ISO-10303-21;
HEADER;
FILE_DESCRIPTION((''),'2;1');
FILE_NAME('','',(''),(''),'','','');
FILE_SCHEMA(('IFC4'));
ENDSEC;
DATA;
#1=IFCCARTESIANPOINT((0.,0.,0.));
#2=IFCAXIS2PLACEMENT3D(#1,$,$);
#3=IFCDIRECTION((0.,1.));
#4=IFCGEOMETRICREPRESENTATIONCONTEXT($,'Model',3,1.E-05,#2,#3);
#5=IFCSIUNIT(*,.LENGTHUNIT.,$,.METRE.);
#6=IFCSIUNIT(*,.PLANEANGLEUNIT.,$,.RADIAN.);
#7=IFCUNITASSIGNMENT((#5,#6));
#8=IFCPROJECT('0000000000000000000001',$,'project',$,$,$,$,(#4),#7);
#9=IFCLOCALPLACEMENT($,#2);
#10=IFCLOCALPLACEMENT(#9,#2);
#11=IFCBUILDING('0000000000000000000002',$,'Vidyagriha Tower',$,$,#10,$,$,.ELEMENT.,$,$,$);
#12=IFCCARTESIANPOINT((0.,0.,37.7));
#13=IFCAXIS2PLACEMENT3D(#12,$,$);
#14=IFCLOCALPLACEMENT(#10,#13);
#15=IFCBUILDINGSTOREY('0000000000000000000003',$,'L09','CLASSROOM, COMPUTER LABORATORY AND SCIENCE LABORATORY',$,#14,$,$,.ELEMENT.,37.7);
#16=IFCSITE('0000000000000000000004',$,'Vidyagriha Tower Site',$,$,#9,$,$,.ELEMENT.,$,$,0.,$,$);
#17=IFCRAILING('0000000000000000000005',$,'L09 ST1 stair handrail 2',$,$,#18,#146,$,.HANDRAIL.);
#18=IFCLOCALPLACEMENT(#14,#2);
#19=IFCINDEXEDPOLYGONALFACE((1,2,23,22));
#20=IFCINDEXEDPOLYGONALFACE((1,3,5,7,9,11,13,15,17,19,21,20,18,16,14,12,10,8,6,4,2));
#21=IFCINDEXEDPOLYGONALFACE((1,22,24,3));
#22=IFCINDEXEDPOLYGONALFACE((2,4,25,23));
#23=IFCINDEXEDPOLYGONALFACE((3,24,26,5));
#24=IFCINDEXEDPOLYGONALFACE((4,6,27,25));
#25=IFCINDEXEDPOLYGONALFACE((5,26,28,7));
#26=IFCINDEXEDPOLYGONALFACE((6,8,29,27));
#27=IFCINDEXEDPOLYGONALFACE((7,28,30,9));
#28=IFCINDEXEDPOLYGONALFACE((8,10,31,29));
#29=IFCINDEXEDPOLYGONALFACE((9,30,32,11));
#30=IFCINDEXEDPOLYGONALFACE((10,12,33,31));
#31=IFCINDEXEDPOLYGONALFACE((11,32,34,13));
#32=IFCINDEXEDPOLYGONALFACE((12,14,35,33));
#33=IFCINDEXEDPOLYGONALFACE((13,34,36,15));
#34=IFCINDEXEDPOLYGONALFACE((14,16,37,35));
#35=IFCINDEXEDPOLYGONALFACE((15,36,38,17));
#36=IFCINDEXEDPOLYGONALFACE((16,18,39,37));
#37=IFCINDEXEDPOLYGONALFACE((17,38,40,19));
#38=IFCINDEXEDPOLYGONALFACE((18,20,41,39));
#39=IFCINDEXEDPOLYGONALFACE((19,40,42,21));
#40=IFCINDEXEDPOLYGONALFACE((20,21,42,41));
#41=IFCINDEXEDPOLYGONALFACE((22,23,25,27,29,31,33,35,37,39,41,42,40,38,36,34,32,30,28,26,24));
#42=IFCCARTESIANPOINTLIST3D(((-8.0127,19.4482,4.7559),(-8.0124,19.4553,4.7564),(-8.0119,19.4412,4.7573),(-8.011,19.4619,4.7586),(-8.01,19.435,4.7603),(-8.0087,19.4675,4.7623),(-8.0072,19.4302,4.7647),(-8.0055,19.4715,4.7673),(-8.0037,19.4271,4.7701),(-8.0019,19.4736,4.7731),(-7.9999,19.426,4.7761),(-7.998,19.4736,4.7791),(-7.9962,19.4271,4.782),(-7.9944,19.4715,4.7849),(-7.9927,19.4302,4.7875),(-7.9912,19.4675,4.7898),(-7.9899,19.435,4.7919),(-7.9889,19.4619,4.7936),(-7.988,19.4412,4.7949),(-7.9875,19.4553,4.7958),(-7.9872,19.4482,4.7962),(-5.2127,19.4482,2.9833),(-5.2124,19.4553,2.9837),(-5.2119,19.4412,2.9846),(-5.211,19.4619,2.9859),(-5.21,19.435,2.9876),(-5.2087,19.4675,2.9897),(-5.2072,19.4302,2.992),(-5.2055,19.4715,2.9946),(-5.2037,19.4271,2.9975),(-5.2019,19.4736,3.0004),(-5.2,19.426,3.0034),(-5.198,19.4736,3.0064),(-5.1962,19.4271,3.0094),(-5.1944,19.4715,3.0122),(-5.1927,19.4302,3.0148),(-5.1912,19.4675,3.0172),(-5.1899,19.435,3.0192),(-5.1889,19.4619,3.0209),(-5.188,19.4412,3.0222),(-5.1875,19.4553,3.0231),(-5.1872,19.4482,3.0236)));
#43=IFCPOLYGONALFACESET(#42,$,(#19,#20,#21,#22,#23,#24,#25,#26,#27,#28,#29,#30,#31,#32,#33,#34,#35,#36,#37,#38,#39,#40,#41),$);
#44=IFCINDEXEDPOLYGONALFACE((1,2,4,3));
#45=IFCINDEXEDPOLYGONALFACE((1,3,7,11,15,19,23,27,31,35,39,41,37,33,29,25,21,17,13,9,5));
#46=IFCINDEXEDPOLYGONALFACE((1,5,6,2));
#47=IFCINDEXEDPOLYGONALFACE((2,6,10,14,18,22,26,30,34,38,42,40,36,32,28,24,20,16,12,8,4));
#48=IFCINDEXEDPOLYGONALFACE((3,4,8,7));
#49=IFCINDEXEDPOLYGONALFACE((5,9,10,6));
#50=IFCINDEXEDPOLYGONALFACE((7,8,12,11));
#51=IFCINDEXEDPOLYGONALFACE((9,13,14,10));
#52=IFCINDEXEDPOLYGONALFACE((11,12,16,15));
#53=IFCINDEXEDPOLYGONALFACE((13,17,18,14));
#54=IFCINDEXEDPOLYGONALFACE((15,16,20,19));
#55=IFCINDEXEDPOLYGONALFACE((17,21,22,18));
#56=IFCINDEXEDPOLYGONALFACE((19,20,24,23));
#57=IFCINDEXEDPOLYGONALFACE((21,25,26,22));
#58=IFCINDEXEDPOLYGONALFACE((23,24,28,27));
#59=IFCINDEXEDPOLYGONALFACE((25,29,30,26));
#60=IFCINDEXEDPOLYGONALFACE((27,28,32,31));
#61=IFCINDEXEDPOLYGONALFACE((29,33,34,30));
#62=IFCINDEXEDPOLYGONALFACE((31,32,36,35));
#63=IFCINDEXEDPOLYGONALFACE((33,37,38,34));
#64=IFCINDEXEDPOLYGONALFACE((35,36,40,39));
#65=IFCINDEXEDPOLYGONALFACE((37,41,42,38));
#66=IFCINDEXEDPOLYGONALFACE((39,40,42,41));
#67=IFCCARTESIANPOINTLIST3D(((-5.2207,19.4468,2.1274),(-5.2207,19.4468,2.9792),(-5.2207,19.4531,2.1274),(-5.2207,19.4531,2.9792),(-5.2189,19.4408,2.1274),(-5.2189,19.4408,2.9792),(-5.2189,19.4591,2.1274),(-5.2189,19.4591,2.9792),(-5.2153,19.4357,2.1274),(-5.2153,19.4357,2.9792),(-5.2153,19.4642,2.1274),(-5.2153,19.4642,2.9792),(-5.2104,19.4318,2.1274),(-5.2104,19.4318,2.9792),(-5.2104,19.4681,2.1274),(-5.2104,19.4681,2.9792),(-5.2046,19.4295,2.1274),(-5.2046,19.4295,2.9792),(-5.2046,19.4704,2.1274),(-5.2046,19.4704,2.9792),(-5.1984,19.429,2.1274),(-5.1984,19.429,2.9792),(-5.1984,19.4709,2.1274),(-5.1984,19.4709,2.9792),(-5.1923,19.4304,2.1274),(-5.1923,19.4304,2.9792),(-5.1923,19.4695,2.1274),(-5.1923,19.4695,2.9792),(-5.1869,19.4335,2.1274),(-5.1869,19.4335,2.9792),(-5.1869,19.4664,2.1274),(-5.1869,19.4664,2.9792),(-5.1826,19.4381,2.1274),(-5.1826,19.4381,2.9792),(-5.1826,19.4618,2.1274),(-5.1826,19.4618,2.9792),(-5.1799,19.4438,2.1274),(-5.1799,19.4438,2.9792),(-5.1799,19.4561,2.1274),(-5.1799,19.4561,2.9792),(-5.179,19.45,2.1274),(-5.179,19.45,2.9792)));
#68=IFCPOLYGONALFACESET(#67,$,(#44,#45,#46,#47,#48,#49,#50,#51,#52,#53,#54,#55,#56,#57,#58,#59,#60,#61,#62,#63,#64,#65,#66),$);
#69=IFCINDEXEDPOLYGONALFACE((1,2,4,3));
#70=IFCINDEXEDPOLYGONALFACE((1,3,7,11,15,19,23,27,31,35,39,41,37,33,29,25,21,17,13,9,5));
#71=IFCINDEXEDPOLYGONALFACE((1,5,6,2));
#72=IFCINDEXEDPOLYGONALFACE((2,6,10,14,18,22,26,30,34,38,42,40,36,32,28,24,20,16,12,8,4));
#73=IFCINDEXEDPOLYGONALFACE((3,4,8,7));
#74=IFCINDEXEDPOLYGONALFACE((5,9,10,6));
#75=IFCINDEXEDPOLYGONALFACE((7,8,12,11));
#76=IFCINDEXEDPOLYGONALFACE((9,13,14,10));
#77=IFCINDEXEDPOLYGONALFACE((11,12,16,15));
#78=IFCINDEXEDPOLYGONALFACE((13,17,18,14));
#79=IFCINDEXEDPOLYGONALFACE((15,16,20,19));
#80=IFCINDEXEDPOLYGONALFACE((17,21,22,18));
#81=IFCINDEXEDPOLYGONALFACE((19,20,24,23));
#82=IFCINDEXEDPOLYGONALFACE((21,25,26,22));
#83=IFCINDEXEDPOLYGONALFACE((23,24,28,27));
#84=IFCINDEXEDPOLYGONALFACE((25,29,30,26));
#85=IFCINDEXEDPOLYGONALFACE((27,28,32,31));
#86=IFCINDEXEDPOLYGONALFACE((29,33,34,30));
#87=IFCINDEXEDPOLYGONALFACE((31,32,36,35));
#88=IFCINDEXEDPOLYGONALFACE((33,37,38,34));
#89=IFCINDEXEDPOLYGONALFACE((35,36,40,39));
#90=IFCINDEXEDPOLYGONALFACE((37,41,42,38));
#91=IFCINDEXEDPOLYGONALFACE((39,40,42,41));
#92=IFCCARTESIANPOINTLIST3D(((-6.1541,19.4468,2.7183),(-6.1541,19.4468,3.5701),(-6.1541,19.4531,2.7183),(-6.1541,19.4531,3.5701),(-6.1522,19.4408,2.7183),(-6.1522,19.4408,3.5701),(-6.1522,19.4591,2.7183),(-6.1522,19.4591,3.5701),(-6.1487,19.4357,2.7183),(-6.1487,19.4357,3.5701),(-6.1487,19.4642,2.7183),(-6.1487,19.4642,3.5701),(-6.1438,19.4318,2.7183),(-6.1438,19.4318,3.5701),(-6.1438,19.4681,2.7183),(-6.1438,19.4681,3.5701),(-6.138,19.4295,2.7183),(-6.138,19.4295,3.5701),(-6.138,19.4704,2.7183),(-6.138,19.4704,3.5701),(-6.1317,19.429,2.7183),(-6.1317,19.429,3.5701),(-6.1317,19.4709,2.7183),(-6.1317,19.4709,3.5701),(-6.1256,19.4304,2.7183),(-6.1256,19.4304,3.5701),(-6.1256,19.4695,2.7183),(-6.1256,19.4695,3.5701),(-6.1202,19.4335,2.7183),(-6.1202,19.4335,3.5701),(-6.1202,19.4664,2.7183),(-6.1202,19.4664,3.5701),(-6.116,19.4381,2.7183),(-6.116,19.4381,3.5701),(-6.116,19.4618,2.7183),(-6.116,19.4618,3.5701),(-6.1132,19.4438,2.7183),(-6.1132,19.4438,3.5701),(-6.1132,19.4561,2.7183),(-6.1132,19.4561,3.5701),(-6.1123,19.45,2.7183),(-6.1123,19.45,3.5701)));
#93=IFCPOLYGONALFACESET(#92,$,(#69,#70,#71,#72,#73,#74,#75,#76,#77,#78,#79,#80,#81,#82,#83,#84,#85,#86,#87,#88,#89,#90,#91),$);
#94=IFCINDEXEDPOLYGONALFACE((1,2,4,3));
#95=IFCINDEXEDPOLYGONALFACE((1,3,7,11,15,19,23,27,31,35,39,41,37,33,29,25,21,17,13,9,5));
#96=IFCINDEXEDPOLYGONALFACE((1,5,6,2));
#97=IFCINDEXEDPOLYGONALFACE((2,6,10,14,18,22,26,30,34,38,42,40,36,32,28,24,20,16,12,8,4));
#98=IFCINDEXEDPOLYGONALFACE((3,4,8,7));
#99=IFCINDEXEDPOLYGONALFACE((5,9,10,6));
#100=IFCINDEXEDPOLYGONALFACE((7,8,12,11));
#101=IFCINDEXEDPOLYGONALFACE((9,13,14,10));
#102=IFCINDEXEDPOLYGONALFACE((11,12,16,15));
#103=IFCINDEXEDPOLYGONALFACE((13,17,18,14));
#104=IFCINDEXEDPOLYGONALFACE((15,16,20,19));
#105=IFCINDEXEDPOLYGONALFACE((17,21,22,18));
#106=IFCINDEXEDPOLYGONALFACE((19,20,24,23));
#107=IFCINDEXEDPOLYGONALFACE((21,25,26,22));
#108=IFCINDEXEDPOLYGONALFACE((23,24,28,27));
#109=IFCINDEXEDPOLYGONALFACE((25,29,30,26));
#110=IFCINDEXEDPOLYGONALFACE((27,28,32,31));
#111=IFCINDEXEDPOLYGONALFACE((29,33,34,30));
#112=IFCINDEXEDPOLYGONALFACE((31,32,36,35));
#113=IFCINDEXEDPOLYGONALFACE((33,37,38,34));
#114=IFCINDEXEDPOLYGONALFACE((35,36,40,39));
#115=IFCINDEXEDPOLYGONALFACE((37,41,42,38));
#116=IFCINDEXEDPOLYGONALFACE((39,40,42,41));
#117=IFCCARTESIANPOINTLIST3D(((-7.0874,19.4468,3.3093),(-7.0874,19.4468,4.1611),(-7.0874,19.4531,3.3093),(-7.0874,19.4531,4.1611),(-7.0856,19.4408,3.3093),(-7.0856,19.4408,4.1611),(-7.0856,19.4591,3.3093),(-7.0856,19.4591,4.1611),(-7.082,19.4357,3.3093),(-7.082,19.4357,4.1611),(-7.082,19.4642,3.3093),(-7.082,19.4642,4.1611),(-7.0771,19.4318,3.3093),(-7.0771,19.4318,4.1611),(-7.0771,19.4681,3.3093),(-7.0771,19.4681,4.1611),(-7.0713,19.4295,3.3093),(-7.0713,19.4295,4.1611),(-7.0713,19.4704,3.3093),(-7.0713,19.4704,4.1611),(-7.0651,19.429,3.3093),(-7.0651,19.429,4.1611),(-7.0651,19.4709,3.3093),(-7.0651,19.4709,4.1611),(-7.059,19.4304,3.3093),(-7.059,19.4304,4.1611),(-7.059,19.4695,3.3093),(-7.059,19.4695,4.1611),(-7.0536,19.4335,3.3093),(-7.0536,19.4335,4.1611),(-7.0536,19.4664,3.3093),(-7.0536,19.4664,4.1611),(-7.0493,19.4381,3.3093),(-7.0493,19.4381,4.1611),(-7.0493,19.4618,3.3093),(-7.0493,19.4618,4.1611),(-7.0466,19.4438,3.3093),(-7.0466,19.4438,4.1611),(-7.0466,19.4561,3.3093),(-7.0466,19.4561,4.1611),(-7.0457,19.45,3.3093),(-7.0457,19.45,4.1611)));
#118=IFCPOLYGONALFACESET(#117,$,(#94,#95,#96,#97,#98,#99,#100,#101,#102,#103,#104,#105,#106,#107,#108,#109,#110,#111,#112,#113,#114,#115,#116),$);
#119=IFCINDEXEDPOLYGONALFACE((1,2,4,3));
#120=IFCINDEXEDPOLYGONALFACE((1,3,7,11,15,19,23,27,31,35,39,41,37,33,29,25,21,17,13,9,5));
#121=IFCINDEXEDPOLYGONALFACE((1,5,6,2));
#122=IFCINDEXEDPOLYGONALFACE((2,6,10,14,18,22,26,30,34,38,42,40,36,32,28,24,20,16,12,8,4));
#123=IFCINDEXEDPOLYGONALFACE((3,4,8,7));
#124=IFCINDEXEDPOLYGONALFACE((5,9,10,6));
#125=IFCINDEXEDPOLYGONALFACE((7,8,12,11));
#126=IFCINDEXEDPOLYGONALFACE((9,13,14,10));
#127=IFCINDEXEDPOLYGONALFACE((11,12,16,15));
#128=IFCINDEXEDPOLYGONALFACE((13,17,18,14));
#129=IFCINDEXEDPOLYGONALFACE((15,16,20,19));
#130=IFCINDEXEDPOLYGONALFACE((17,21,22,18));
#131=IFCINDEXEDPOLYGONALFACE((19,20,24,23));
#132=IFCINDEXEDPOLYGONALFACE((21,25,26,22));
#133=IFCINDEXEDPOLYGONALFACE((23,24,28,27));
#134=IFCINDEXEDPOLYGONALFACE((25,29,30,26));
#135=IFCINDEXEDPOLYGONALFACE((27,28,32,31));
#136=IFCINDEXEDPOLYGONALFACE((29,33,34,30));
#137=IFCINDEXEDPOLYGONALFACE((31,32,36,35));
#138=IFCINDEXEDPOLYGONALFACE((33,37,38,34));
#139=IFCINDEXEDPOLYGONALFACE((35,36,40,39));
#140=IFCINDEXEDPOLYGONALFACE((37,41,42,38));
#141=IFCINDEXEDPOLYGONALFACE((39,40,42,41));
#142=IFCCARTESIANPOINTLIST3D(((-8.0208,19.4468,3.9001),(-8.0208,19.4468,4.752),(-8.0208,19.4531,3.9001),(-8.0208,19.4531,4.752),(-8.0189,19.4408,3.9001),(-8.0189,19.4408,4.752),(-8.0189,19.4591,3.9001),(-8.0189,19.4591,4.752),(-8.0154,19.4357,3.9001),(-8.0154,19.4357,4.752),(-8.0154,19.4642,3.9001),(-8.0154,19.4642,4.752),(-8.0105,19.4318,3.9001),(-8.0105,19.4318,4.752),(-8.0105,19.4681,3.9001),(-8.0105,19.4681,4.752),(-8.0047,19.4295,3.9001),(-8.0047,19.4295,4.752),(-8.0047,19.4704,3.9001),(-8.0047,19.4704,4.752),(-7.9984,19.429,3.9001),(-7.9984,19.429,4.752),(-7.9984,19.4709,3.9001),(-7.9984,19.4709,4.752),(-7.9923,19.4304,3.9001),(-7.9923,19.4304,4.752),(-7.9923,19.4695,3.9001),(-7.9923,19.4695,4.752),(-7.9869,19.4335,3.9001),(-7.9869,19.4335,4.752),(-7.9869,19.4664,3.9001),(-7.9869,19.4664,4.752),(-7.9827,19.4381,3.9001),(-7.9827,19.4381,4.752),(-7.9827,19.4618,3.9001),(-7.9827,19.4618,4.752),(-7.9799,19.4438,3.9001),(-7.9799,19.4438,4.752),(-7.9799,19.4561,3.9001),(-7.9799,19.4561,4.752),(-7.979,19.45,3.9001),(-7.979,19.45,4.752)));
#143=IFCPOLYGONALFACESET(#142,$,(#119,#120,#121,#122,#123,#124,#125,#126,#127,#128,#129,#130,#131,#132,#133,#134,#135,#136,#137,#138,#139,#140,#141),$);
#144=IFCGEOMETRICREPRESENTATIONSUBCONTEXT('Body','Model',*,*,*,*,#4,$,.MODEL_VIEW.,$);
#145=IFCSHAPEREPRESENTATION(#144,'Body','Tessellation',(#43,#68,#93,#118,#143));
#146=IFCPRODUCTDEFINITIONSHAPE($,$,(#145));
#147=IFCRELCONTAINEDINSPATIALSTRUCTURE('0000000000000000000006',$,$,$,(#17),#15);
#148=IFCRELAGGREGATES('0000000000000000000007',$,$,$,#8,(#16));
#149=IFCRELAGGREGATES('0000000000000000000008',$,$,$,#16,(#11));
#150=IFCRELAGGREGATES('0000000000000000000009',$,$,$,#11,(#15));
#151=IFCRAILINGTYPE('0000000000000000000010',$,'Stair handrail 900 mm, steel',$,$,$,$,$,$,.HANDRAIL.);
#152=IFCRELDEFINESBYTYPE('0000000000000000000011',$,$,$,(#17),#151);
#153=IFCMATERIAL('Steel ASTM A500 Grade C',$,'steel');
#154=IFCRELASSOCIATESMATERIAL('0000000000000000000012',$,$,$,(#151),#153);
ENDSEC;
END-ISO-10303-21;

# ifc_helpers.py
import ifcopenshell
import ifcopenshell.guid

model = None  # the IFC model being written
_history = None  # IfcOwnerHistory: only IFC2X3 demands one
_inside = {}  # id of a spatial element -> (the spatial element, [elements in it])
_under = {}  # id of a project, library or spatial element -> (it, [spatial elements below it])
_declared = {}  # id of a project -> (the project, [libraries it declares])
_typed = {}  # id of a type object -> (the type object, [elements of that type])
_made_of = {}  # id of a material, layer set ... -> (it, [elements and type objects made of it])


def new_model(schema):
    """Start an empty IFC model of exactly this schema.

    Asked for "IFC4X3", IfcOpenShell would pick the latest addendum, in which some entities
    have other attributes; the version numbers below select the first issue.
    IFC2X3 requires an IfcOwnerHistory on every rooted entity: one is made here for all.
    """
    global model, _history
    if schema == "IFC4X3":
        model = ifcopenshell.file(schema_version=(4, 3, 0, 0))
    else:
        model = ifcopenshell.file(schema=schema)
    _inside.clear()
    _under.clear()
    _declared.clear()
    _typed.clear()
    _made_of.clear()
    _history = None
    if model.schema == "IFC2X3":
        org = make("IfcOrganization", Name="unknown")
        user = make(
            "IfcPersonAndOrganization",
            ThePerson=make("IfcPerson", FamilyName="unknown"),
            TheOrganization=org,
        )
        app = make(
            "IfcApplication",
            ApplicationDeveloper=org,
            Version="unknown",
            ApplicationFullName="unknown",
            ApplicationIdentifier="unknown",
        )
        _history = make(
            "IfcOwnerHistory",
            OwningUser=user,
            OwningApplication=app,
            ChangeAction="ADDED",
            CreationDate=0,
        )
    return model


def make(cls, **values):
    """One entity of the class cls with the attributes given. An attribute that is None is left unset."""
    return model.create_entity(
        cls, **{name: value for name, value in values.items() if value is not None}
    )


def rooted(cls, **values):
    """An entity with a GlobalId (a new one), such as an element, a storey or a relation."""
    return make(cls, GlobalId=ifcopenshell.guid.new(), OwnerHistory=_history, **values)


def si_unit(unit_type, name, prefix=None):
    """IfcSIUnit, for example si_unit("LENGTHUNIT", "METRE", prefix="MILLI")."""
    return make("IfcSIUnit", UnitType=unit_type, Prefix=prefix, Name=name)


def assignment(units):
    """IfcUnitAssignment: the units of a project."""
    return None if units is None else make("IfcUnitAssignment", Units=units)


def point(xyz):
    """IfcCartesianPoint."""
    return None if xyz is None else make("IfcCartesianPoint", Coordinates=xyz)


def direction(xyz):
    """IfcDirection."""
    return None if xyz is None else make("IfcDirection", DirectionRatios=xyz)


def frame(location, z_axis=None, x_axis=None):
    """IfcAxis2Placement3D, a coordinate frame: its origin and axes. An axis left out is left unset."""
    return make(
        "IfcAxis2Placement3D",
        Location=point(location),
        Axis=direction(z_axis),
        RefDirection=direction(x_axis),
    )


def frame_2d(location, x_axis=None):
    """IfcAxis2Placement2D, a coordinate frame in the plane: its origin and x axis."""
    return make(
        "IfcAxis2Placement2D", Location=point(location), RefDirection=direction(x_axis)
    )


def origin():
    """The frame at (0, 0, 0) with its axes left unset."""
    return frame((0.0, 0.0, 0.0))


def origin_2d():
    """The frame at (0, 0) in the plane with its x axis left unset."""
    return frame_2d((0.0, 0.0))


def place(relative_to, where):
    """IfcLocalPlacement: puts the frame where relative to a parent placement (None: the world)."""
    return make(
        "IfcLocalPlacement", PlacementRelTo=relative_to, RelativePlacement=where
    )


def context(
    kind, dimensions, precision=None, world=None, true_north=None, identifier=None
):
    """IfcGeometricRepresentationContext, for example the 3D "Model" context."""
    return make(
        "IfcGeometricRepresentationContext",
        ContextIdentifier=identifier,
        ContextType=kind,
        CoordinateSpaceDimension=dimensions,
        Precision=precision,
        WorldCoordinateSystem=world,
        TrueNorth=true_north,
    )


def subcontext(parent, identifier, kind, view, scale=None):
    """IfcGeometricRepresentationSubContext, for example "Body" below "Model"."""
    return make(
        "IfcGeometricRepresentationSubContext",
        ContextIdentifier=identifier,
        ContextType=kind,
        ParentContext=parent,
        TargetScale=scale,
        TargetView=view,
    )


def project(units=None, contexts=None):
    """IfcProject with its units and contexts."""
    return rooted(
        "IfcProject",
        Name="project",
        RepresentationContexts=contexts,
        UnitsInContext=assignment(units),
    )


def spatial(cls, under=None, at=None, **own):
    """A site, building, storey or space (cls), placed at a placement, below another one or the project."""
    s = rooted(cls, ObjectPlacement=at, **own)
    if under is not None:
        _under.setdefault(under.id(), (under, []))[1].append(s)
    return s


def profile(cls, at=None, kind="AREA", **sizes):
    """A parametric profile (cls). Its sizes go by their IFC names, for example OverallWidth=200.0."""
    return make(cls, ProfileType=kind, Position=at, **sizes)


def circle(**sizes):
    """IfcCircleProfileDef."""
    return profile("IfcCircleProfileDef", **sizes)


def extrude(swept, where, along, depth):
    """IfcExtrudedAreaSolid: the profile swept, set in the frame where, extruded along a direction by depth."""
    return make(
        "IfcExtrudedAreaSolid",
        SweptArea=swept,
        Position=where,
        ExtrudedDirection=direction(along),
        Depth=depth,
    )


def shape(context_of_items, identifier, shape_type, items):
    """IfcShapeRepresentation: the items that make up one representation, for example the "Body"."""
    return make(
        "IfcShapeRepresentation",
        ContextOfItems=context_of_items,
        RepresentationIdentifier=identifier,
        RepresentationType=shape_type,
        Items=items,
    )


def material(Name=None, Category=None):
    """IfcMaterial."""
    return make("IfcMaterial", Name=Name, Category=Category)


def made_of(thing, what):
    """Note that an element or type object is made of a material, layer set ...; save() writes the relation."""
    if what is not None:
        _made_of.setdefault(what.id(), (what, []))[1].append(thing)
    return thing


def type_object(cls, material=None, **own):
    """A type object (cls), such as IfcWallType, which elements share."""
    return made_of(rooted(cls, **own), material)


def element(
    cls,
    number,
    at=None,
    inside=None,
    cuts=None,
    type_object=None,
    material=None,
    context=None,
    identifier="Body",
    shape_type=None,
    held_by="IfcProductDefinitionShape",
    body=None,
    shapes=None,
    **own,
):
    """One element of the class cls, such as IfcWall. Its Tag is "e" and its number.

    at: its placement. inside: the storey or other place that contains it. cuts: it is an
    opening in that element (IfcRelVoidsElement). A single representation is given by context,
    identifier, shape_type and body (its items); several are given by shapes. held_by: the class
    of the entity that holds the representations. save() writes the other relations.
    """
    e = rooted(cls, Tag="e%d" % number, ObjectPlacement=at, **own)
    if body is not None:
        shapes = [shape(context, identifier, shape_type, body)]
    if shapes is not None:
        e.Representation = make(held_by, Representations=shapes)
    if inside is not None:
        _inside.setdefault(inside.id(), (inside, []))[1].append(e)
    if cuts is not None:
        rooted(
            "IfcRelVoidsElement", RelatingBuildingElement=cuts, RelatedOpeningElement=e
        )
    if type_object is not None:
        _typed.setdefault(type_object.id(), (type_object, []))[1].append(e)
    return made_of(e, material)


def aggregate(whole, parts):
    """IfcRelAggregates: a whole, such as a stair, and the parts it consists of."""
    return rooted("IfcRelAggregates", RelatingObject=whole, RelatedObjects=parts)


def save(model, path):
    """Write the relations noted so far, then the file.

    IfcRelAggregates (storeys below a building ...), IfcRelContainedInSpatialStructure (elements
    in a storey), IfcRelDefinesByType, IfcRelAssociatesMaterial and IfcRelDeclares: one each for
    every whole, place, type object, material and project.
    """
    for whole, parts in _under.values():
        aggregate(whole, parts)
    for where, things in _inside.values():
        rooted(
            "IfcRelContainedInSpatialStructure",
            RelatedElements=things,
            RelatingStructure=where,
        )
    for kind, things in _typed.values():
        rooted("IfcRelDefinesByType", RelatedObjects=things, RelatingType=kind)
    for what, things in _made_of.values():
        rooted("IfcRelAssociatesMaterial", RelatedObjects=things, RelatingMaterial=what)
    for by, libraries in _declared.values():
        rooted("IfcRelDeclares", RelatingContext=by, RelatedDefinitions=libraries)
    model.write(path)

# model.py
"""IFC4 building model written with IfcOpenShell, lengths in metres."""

from ifc_helpers import new_model, si_unit, direction, frame, origin, origin_2d, place, context, subcontext, project, spatial, circle, extrude, material, type_object, element, save


model = new_model("IFC4")

# Units and contexts
model_context = context("Model", 3, precision=1e-05, world=origin(), true_north=direction((0.0, 1.0)))
body_context = subcontext(model_context, "Body", "Model", "MODEL_VIEW")
ifc_project = project(units=[si_unit("LENGTHUNIT", "METRE"), si_unit("PLANEANGLEUNIT", "RADIAN")], contexts=[model_context])

# Site, building, storey
site_placement = place(None, origin())
site = spatial("IfcSite", under=ifc_project, at=site_placement, Name="Vidyagriha Tower Site", CompositionType="ELEMENT", RefElevation=0.0)
building_placement = place(site_placement, origin())
building = spatial("IfcBuilding", under=site, at=building_placement, Name="Vidyagriha Tower", CompositionType="ELEMENT")
storey_placement = place(building_placement, frame((0.0, 0.0, 37.7)))
storey = spatial("IfcBuildingStorey", under=building, at=storey_placement, Name="L09", Description="CLASSROOM, COMPUTER LABORATORY AND SCIENCE LABORATORY", CompositionType="ELEMENT", Elevation=37.7)

# Railing
ifc_material_1 = material(Name="Steel ASTM A500 Grade C", Category="steel")
railing_type_1 = type_object("IfcRailingType", Name="Stair handrail 900 mm, steel", PredefinedType="HANDRAIL", material=ifc_material_1)
railing_1_placement = place(storey_placement, frame((-5.2, 19.45, 2.1274)))
element("IfcRailing", 1, at=railing_1_placement, inside=storey, type_object=railing_type_1, Name="L09 ST1 stair handrail 2", PredefinedType="HANDRAIL", context=body_context, shape_type="SweptSolid", body=[
    extrude(circle(Radius=0.0239, at=origin_2d()), frame((0.0, 0.0, 0.876), z_axis=(-0.844909, 0.0, 0.53491), x_axis=(0.0, -1.0, 0.0)), (0.0, 0.0, 1.0), 3.314),
    extrude(circle(Radius=0.021, at=origin_2d()), origin(), (0.0, 0.0, 1.0), 0.8518),
    extrude(circle(Radius=0.021, at=origin_2d()), frame((-0.9333, 0.0, 0.5908)), (0.0, 0.0, 1.0), 0.8518),
    extrude(circle(Radius=0.021, at=origin_2d()), frame((-1.8667, 0.0, 1.1819)), (0.0, 0.0, 1.0), 0.8518),
    extrude(circle(Radius=0.021, at=origin_2d()), frame((-2.8, 0.0, 1.7727)), (0.0, 0.0, 1.0), 0.8518),
])

save(model, "model.ifc")
